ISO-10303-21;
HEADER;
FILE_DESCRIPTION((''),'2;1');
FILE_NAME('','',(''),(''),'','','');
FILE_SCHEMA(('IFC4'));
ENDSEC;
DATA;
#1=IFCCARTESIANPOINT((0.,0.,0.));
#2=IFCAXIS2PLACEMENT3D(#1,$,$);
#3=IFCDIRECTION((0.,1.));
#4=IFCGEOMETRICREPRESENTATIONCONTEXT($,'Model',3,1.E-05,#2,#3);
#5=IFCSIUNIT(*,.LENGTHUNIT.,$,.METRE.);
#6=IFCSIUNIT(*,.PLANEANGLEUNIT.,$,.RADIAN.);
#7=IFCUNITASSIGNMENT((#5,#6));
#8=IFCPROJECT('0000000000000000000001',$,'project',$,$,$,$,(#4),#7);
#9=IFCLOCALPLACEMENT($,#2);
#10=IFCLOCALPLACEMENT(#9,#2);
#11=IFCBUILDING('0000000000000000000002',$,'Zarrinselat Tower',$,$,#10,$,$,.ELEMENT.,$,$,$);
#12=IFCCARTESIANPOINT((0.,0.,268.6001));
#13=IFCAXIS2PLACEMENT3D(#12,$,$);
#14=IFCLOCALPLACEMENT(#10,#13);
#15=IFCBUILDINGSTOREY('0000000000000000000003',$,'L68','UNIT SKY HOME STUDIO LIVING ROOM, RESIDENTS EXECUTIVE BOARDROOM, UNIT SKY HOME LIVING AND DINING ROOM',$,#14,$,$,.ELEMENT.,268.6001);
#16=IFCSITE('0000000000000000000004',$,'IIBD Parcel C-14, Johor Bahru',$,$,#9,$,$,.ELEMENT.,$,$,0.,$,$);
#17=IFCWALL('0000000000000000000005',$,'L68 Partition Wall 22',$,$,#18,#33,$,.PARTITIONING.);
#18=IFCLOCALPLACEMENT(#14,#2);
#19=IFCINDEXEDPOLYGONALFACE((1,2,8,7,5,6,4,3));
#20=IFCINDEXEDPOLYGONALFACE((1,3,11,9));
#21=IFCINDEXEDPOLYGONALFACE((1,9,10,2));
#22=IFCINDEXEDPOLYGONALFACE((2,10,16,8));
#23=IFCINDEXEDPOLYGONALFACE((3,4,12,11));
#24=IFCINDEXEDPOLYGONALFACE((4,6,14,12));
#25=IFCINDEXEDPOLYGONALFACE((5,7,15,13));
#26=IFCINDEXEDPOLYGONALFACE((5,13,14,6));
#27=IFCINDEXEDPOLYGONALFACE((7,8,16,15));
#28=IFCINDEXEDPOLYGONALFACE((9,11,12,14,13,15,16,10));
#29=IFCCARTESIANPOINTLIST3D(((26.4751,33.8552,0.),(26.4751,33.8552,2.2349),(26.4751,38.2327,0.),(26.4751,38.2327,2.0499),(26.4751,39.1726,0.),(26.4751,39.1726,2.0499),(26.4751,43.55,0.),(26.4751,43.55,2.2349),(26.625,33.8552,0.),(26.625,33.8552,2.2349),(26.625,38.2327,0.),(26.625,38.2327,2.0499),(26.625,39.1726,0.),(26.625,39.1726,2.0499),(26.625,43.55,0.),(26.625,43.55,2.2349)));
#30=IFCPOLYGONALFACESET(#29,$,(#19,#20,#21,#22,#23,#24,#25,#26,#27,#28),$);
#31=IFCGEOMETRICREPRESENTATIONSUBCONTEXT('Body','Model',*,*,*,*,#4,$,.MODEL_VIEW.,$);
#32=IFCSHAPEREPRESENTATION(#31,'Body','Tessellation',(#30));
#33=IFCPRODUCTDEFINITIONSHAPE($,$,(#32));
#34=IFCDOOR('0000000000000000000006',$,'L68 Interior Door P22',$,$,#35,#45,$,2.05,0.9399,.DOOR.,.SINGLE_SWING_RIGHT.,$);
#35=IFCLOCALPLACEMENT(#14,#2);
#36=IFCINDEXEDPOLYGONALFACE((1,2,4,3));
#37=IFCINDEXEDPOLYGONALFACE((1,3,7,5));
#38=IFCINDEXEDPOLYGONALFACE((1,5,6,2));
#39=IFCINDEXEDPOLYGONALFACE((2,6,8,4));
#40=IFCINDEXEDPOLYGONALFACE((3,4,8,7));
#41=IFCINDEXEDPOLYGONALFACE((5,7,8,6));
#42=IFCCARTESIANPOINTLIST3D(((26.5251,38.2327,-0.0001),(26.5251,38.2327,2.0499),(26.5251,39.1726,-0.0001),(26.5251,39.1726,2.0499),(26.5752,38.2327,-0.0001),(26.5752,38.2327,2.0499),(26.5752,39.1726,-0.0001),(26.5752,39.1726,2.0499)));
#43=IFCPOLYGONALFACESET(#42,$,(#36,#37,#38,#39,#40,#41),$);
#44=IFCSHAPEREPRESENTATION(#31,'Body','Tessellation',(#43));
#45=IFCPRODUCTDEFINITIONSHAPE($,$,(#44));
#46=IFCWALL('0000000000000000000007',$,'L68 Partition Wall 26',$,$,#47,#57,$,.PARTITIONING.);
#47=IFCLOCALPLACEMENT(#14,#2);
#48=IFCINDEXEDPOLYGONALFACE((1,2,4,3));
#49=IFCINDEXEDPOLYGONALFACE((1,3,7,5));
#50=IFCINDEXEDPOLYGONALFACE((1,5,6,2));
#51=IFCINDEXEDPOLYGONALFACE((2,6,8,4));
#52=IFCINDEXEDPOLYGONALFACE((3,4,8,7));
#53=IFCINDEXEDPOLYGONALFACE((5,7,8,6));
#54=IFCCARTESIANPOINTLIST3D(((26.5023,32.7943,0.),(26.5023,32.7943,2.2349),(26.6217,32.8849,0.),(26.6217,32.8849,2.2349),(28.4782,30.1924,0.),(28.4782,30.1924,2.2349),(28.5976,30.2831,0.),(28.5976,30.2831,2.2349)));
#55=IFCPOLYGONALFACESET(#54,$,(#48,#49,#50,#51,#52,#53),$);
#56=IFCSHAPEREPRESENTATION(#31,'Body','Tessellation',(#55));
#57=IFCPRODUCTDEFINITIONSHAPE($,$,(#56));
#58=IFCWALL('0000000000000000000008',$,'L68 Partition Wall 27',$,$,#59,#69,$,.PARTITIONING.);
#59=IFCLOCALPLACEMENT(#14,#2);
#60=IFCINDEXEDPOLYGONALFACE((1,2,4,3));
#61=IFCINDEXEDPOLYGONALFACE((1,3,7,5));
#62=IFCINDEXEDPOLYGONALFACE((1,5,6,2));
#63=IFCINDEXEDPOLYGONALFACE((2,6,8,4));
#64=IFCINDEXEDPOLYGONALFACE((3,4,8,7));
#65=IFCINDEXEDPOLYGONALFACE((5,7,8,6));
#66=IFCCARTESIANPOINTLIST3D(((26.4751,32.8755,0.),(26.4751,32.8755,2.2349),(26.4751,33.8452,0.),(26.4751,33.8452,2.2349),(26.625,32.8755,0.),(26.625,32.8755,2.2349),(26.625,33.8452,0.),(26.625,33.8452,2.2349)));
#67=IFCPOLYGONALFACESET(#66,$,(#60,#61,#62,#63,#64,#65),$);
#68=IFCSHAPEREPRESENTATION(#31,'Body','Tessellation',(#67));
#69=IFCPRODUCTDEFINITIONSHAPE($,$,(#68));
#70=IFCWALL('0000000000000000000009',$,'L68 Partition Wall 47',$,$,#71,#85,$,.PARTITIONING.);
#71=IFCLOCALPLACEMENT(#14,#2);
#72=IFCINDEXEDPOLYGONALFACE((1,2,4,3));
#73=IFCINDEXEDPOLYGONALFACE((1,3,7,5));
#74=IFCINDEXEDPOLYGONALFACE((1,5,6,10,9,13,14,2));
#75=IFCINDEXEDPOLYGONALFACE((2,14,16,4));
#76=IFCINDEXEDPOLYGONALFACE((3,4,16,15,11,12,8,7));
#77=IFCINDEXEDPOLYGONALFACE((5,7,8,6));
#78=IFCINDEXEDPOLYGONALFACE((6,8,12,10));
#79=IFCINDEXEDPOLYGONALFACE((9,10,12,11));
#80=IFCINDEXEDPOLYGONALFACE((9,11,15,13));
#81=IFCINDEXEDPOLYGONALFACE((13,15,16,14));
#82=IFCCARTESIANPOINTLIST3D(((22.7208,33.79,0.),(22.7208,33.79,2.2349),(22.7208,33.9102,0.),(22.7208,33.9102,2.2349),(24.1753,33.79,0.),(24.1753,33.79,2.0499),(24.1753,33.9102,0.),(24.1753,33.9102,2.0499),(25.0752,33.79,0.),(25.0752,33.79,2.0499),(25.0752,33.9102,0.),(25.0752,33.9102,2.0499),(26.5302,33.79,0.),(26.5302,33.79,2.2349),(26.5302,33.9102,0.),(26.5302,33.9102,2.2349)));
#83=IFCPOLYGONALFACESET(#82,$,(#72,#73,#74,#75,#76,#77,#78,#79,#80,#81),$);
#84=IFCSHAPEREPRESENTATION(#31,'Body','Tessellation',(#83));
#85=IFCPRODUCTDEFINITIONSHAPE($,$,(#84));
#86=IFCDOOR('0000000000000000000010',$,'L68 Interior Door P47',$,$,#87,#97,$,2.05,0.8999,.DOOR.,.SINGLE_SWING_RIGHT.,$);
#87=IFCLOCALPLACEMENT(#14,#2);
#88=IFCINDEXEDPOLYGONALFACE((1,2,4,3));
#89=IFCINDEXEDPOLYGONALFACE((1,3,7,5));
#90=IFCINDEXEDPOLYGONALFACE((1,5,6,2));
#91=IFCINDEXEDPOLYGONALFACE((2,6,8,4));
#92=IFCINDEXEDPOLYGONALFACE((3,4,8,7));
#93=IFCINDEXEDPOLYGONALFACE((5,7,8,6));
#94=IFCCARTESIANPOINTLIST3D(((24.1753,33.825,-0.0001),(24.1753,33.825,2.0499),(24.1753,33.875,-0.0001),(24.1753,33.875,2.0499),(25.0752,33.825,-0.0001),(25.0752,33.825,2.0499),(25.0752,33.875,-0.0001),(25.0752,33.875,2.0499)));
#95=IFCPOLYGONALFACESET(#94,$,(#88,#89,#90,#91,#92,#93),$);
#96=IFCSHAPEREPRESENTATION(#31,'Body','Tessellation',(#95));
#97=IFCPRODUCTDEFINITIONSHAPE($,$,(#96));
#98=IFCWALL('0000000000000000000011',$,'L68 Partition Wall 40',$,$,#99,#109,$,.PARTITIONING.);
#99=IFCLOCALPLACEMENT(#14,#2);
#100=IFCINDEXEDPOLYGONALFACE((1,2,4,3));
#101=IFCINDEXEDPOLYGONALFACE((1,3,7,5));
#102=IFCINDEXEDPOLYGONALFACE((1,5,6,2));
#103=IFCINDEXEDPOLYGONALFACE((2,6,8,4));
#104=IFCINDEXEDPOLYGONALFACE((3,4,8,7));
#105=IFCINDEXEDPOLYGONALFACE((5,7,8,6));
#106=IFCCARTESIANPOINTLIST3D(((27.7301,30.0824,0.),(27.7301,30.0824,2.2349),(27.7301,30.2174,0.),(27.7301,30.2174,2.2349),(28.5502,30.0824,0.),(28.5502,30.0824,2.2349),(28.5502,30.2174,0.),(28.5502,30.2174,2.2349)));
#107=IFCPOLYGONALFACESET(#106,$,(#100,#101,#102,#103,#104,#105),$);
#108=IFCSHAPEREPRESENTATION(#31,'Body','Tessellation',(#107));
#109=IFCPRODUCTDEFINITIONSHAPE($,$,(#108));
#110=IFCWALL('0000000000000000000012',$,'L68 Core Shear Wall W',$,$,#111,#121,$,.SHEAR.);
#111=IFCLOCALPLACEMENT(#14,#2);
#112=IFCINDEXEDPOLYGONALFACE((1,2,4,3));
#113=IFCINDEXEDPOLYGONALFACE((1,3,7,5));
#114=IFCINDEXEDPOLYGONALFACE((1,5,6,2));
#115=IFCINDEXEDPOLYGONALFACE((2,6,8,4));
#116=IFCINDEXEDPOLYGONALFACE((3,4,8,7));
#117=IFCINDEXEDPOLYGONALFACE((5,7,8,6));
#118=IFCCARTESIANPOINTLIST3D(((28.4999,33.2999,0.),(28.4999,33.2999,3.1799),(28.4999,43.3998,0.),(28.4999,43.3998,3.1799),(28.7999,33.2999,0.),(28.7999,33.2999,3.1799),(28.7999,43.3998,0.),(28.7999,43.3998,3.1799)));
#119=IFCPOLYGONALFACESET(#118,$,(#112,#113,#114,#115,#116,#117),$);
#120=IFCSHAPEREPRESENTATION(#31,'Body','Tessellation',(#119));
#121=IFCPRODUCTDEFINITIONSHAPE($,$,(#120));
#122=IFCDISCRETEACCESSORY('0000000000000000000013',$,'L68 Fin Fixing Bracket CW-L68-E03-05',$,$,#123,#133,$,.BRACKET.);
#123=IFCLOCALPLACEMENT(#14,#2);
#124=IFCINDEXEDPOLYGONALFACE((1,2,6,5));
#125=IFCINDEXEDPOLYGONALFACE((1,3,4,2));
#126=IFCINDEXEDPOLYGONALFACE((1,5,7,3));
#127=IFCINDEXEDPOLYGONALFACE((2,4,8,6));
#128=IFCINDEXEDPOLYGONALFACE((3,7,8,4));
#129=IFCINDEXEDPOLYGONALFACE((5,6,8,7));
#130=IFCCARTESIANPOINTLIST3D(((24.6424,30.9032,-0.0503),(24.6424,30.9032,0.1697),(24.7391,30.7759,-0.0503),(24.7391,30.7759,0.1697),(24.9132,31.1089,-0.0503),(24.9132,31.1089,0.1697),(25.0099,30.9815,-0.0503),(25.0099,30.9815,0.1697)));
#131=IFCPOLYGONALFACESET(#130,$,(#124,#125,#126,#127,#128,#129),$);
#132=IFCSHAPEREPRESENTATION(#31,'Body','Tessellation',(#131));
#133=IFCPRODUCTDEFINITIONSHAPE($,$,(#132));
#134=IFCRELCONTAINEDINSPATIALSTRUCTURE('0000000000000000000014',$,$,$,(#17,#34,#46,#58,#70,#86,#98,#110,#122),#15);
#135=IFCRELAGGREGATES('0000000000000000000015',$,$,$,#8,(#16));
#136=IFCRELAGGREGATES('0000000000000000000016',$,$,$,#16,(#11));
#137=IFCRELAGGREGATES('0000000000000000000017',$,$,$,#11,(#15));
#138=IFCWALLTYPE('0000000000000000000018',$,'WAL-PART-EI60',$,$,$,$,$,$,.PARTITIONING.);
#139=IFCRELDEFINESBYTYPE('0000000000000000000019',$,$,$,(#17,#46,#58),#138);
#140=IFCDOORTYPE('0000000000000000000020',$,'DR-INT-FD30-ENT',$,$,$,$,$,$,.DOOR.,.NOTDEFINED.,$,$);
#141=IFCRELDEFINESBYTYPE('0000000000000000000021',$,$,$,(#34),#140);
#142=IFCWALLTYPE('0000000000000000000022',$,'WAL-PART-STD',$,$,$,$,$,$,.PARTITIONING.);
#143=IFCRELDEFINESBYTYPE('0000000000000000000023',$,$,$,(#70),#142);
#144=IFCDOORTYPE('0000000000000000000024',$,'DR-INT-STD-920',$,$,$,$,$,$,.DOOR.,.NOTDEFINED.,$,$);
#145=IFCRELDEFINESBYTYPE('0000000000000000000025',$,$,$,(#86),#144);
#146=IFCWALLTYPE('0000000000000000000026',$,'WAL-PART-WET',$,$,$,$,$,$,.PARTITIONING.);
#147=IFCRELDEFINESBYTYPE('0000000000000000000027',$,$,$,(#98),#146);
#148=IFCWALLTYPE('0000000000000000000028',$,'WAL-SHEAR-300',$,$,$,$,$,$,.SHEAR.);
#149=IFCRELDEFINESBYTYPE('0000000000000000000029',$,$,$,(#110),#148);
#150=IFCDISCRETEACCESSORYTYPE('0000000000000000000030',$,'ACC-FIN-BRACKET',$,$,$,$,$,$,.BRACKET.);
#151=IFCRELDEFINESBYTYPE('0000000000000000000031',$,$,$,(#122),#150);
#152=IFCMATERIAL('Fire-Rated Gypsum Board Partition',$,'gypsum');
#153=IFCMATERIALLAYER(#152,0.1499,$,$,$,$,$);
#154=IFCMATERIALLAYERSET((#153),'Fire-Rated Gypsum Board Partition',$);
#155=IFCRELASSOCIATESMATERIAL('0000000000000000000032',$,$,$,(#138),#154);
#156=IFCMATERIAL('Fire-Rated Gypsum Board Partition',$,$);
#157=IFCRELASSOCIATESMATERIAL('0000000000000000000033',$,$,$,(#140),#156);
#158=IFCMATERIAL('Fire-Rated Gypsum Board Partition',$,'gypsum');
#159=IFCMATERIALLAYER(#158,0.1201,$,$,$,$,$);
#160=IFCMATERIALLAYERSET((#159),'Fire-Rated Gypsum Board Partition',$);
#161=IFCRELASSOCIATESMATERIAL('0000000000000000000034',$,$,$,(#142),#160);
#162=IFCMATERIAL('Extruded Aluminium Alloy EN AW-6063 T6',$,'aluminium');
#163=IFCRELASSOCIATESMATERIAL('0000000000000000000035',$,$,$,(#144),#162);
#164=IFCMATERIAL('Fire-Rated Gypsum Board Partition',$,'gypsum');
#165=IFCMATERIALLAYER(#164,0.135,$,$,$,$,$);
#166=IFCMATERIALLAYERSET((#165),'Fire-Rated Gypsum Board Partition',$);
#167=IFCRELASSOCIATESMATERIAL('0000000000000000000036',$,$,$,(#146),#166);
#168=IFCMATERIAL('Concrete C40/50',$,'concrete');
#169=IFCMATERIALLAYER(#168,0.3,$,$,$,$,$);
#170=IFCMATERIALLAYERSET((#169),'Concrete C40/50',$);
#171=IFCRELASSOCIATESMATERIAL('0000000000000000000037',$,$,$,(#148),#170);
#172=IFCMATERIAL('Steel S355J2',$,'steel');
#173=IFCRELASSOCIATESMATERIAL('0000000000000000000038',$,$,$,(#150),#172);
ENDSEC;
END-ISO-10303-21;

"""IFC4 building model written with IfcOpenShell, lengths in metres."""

from ifc_helpers import new_model, si_unit, direction, frame, frame_2d, origin, origin_2d, place, context, subcontext, project, spatial, rectangle, extrude, material, layer, layer_set, type_object, element, fill, save


model = new_model("IFC4")

# Units and contexts
model_context = context("Model", 3, precision=1e-05, world=origin(), true_north=direction((0.0, 1.0)))
body_context = subcontext(model_context, "Body", "Model", "MODEL_VIEW")
ifc_project = project(units=[si_unit("LENGTHUNIT", "METRE"), si_unit("PLANEANGLEUNIT", "RADIAN")], contexts=[model_context])

# Site, building, storey
site_placement = place(None, origin())
site = spatial("IfcSite", under=ifc_project, at=site_placement, Name="IIBD Parcel C-14, Johor Bahru", CompositionType="ELEMENT", RefElevation=0.0)
building_placement = place(site_placement, origin())
building = spatial("IfcBuilding", under=site, at=building_placement, Name="Zarrinselat Tower", CompositionType="ELEMENT")
storey_placement = place(building_placement, frame((0.0, 0.0, 268.6001)))
storey = spatial("IfcBuildingStorey", under=building, at=storey_placement, Name="L68", Description="UNIT SKY HOME STUDIO LIVING ROOM, RESIDENTS EXECUTIVE BOARDROOM, UNIT SKY HOME LIVING AND DINING ROOM", CompositionType="ELEMENT", Elevation=268.6001)

# Shared definitions
ifc_material_1 = material(Name="Fire-Rated Gypsum Board Partition", Category="gypsum")
ifc_layer_1 = layer(ifc_material_1, 0.1499)
ifc_layer_set_1 = layer_set([ifc_layer_1], Name="Fire-Rated Gypsum Board Partition")
wall_type_1 = type_object("IfcWallType", Name="WAL-PART-EI60", PredefinedType="PARTITIONING", material=ifc_layer_set_1)
ifc_material_2 = material(Name="Fire-Rated Gypsum Board Partition")
door_type_1 = type_object("IfcDoorType", Name="DR-INT-FD30-ENT", OperationType="NOTDEFINED", PredefinedType="DOOR", material=ifc_material_2)

# Wall, opening, door
wall_1_placement = place(storey_placement, frame((26.55, 33.8552, 0.0), z_axis=(0.0, 0.0, 1.0), x_axis=(0.0, 1.0, 0.0)))
wall_1 = element("IfcWall", 1, at=wall_1_placement, inside=storey, type_object=wall_type_1, Name="L68 Partition Wall 22", PredefinedType="PARTITIONING", context=body_context, shape_type="SweptSolid", body=[
    extrude(rectangle(XDim=9.6948, YDim=0.1499, at=frame_2d((4.8474, 0.0))), origin(), (0.0, 0.0, 1.0), 2.2349),
])
opening_1_placement = place(wall_1_placement, frame((4.3774, 0.0, 0.0)))
opening_1 = element("IfcOpeningElement", 2, at=opening_1_placement, cuts=wall_1, PredefinedType="OPENING", context=body_context, shape_type="SweptSolid", body=[
    extrude(rectangle(XDim=0.9399, YDim=2.05, at=frame_2d((0.47, 1.0249))), frame((0.0, 0.085, 0.0), z_axis=(0.0, -1.0, 0.0), x_axis=(1.0, 0.0, 0.0)), (0.0, 0.0, 1.0), 0.1699),
])
door_1_placement = place(opening_1_placement, origin())
door_1 = element("IfcDoor", 3, at=door_1_placement, inside=storey, type_object=door_type_1, Name="L68 Interior Door P22", OperationType="SINGLE_SWING_RIGHT", OverallHeight=2.05, OverallWidth=0.9399, PredefinedType="DOOR", context=body_context, shape_type="SweptSolid", body=[
    extrude(rectangle(XDim=0.9399, YDim=2.05, at=frame_2d((0.47, 1.0249))), frame((0.0, 0.0249, 0.0), z_axis=(0.0, -1.0, 0.0), x_axis=(1.0, 0.0, 0.0)), (0.0, 0.0, 1.0), 0.05),
])
fill(opening_1, door_1)

# Walls
wall_2_placement = place(storey_placement, frame((26.562, 32.8396, 0.0), z_axis=(0.0, 0.0, 1.0), x_axis=(0.604784, -0.79639, 0.0)))
element("IfcWall", 4, at=wall_2_placement, inside=storey, type_object=wall_type_1, Name="L68 Partition Wall 26", PredefinedType="PARTITIONING", context=body_context, shape_type="SweptSolid", body=[
    extrude(rectangle(XDim=3.2671, YDim=0.1499, at=frame_2d((1.6335, 0.0))), origin(), (0.0, 0.0, 1.0), 2.2349),
])
wall_3_placement = place(storey_placement, frame((26.55, 32.8755, 0.0), z_axis=(0.0, 0.0, 1.0), x_axis=(0.0, 1.0, 0.0)))
element("IfcWall", 5, at=wall_3_placement, inside=storey, type_object=wall_type_1, Name="L68 Partition Wall 27", PredefinedType="PARTITIONING", context=body_context, shape_type="SweptSolid", body=[
    extrude(rectangle(XDim=0.9697, YDim=0.1499, at=frame_2d((0.4849, 0.0))), origin(), (0.0, 0.0, 1.0), 2.2349),
])

# Wall, opening, door
ifc_material_3 = material(Name="Fire-Rated Gypsum Board Partition", Category="gypsum")
ifc_layer_2 = layer(ifc_material_3, 0.1201)
ifc_layer_set_2 = layer_set([ifc_layer_2], Name="Fire-Rated Gypsum Board Partition")
wall_type_2 = type_object("IfcWallType", Name="WAL-PART-STD", PredefinedType="PARTITIONING", material=ifc_layer_set_2)
wall_4_placement = place(storey_placement, frame((22.7207, 33.8501, 0.0), z_axis=(0.0, 0.0, 1.0), x_axis=(1.0, 0.0, 0.0)))
wall_4 = element("IfcWall", 6, at=wall_4_placement, inside=storey, type_object=wall_type_2, Name="L68 Partition Wall 47", PredefinedType="PARTITIONING", context=body_context, shape_type="SweptSolid", body=[
    extrude(rectangle(XDim=3.8093, YDim=0.1201, at=frame_2d((1.9048, 0.0))), origin(), (0.0, 0.0, 1.0), 2.2349),
])
opening_2_placement = place(wall_4_placement, frame((1.4546, 0.0, 0.0)))
opening_2 = element("IfcOpeningElement", 7, at=opening_2_placement, cuts=wall_4, PredefinedType="OPENING", context=body_context, shape_type="SweptSolid", body=[
    extrude(rectangle(XDim=0.8999, YDim=2.05, at=frame_2d((0.45, 1.0249))), frame((0.0, 0.0701, 0.0), z_axis=(0.0, -1.0, 0.0), x_axis=(1.0, 0.0, 0.0)), (0.0, 0.0, 1.0), 0.1401),
])
ifc_material_4 = material(Name="Extruded Aluminium Alloy EN AW-6063 T6", Category="aluminium")
door_type_2 = type_object("IfcDoorType", Name="DR-INT-STD-920", OperationType="NOTDEFINED", PredefinedType="DOOR", material=ifc_material_4)
door_2_placement = place(opening_2_placement, origin())
door_2 = element("IfcDoor", 8, at=door_2_placement, inside=storey, type_object=door_type_2, Name="L68 Interior Door P47", OperationType="SINGLE_SWING_RIGHT", OverallHeight=2.05, OverallWidth=0.8999, PredefinedType="DOOR", context=body_context, shape_type="SweptSolid", body=[
    extrude(rectangle(XDim=0.8999, YDim=2.05, at=frame_2d((0.45, 1.0249))), frame((0.0, 0.0249, 0.0), z_axis=(0.0, -1.0, 0.0), x_axis=(1.0, 0.0, 0.0)), (0.0, 0.0, 1.0), 0.05),
])
fill(opening_2, door_2)

# Wall
ifc_material_5 = material(Name="Fire-Rated Gypsum Board Partition", Category="gypsum")
ifc_layer_3 = layer(ifc_material_5, 0.135)
ifc_layer_set_3 = layer_set([ifc_layer_3], Name="Fire-Rated Gypsum Board Partition")
wall_type_3 = type_object("IfcWallType", Name="WAL-PART-WET", PredefinedType="PARTITIONING", material=ifc_layer_set_3)
wall_5_placement = place(storey_placement, frame((27.73, 30.1499, 0.0), z_axis=(0.0, 0.0, 1.0), x_axis=(1.0, 0.0, 0.0)))
element("IfcWall", 9, at=wall_5_placement, inside=storey, type_object=wall_type_3, Name="L68 Partition Wall 40", PredefinedType="PARTITIONING", context=body_context, shape_type="SweptSolid", body=[
    extrude(rectangle(XDim=0.8201, YDim=0.135, at=frame_2d((0.4102, 0.0))), origin(), (0.0, 0.0, 1.0), 2.2349),
])

# Shared definitions
ifc_material_6 = material(Name="Concrete C40/50", Category="concrete")
ifc_layer_4 = layer(ifc_material_6, 0.3)
ifc_layer_set_4 = layer_set([ifc_layer_4], Name="Concrete C40/50")
wall_type_4 = type_object("IfcWallType", Name="WAL-SHEAR-300", PredefinedType="SHEAR", material=ifc_layer_set_4)

# Wall
wall_6_placement = place(storey_placement, frame((28.6499, 33.3, 0.0), z_axis=(0.0, 0.0, 1.0), x_axis=(0.0, 1.0, 0.0)))
element("IfcWall", 10, at=wall_6_placement, inside=storey, type_object=wall_type_4, Name="L68 Core Shear Wall W", PredefinedType="SHEAR", context=body_context, shape_type="SweptSolid", body=[
    extrude(rectangle(XDim=10.0999, YDim=0.3, at=frame_2d((5.0498, 0.0))), origin(), (0.0, 0.0, 1.0), 3.1799),
])

# Discrete accessory
ifc_material_7 = material(Name="Steel S355J2", Category="steel")
discrete_accessory_type = type_object("IfcDiscreteAccessoryType", Name="ACC-FIN-BRACKET", PredefinedType="BRACKET", material=ifc_material_7)
discrete_accessory_placement = place(storey_placement, frame((24.8262, 30.9424, -0.0503), z_axis=(0.0, 0.0, 1.0), x_axis=(-0.796387, -0.604788, 0.0)))
element("IfcDiscreteAccessory", 11, at=discrete_accessory_placement, inside=storey, type_object=discrete_accessory_type, Name="L68 Fin Fixing Bracket CW-L68-E03-05", PredefinedType="BRACKET", context=body_context, shape_type="SweptSolid", body=[
    extrude(rectangle(XDim=0.3401, YDim=0.1599, at=origin_2d()), origin(), (0.0, 0.0, 1.0), 0.22),
])

save(model, "model.ifc")
